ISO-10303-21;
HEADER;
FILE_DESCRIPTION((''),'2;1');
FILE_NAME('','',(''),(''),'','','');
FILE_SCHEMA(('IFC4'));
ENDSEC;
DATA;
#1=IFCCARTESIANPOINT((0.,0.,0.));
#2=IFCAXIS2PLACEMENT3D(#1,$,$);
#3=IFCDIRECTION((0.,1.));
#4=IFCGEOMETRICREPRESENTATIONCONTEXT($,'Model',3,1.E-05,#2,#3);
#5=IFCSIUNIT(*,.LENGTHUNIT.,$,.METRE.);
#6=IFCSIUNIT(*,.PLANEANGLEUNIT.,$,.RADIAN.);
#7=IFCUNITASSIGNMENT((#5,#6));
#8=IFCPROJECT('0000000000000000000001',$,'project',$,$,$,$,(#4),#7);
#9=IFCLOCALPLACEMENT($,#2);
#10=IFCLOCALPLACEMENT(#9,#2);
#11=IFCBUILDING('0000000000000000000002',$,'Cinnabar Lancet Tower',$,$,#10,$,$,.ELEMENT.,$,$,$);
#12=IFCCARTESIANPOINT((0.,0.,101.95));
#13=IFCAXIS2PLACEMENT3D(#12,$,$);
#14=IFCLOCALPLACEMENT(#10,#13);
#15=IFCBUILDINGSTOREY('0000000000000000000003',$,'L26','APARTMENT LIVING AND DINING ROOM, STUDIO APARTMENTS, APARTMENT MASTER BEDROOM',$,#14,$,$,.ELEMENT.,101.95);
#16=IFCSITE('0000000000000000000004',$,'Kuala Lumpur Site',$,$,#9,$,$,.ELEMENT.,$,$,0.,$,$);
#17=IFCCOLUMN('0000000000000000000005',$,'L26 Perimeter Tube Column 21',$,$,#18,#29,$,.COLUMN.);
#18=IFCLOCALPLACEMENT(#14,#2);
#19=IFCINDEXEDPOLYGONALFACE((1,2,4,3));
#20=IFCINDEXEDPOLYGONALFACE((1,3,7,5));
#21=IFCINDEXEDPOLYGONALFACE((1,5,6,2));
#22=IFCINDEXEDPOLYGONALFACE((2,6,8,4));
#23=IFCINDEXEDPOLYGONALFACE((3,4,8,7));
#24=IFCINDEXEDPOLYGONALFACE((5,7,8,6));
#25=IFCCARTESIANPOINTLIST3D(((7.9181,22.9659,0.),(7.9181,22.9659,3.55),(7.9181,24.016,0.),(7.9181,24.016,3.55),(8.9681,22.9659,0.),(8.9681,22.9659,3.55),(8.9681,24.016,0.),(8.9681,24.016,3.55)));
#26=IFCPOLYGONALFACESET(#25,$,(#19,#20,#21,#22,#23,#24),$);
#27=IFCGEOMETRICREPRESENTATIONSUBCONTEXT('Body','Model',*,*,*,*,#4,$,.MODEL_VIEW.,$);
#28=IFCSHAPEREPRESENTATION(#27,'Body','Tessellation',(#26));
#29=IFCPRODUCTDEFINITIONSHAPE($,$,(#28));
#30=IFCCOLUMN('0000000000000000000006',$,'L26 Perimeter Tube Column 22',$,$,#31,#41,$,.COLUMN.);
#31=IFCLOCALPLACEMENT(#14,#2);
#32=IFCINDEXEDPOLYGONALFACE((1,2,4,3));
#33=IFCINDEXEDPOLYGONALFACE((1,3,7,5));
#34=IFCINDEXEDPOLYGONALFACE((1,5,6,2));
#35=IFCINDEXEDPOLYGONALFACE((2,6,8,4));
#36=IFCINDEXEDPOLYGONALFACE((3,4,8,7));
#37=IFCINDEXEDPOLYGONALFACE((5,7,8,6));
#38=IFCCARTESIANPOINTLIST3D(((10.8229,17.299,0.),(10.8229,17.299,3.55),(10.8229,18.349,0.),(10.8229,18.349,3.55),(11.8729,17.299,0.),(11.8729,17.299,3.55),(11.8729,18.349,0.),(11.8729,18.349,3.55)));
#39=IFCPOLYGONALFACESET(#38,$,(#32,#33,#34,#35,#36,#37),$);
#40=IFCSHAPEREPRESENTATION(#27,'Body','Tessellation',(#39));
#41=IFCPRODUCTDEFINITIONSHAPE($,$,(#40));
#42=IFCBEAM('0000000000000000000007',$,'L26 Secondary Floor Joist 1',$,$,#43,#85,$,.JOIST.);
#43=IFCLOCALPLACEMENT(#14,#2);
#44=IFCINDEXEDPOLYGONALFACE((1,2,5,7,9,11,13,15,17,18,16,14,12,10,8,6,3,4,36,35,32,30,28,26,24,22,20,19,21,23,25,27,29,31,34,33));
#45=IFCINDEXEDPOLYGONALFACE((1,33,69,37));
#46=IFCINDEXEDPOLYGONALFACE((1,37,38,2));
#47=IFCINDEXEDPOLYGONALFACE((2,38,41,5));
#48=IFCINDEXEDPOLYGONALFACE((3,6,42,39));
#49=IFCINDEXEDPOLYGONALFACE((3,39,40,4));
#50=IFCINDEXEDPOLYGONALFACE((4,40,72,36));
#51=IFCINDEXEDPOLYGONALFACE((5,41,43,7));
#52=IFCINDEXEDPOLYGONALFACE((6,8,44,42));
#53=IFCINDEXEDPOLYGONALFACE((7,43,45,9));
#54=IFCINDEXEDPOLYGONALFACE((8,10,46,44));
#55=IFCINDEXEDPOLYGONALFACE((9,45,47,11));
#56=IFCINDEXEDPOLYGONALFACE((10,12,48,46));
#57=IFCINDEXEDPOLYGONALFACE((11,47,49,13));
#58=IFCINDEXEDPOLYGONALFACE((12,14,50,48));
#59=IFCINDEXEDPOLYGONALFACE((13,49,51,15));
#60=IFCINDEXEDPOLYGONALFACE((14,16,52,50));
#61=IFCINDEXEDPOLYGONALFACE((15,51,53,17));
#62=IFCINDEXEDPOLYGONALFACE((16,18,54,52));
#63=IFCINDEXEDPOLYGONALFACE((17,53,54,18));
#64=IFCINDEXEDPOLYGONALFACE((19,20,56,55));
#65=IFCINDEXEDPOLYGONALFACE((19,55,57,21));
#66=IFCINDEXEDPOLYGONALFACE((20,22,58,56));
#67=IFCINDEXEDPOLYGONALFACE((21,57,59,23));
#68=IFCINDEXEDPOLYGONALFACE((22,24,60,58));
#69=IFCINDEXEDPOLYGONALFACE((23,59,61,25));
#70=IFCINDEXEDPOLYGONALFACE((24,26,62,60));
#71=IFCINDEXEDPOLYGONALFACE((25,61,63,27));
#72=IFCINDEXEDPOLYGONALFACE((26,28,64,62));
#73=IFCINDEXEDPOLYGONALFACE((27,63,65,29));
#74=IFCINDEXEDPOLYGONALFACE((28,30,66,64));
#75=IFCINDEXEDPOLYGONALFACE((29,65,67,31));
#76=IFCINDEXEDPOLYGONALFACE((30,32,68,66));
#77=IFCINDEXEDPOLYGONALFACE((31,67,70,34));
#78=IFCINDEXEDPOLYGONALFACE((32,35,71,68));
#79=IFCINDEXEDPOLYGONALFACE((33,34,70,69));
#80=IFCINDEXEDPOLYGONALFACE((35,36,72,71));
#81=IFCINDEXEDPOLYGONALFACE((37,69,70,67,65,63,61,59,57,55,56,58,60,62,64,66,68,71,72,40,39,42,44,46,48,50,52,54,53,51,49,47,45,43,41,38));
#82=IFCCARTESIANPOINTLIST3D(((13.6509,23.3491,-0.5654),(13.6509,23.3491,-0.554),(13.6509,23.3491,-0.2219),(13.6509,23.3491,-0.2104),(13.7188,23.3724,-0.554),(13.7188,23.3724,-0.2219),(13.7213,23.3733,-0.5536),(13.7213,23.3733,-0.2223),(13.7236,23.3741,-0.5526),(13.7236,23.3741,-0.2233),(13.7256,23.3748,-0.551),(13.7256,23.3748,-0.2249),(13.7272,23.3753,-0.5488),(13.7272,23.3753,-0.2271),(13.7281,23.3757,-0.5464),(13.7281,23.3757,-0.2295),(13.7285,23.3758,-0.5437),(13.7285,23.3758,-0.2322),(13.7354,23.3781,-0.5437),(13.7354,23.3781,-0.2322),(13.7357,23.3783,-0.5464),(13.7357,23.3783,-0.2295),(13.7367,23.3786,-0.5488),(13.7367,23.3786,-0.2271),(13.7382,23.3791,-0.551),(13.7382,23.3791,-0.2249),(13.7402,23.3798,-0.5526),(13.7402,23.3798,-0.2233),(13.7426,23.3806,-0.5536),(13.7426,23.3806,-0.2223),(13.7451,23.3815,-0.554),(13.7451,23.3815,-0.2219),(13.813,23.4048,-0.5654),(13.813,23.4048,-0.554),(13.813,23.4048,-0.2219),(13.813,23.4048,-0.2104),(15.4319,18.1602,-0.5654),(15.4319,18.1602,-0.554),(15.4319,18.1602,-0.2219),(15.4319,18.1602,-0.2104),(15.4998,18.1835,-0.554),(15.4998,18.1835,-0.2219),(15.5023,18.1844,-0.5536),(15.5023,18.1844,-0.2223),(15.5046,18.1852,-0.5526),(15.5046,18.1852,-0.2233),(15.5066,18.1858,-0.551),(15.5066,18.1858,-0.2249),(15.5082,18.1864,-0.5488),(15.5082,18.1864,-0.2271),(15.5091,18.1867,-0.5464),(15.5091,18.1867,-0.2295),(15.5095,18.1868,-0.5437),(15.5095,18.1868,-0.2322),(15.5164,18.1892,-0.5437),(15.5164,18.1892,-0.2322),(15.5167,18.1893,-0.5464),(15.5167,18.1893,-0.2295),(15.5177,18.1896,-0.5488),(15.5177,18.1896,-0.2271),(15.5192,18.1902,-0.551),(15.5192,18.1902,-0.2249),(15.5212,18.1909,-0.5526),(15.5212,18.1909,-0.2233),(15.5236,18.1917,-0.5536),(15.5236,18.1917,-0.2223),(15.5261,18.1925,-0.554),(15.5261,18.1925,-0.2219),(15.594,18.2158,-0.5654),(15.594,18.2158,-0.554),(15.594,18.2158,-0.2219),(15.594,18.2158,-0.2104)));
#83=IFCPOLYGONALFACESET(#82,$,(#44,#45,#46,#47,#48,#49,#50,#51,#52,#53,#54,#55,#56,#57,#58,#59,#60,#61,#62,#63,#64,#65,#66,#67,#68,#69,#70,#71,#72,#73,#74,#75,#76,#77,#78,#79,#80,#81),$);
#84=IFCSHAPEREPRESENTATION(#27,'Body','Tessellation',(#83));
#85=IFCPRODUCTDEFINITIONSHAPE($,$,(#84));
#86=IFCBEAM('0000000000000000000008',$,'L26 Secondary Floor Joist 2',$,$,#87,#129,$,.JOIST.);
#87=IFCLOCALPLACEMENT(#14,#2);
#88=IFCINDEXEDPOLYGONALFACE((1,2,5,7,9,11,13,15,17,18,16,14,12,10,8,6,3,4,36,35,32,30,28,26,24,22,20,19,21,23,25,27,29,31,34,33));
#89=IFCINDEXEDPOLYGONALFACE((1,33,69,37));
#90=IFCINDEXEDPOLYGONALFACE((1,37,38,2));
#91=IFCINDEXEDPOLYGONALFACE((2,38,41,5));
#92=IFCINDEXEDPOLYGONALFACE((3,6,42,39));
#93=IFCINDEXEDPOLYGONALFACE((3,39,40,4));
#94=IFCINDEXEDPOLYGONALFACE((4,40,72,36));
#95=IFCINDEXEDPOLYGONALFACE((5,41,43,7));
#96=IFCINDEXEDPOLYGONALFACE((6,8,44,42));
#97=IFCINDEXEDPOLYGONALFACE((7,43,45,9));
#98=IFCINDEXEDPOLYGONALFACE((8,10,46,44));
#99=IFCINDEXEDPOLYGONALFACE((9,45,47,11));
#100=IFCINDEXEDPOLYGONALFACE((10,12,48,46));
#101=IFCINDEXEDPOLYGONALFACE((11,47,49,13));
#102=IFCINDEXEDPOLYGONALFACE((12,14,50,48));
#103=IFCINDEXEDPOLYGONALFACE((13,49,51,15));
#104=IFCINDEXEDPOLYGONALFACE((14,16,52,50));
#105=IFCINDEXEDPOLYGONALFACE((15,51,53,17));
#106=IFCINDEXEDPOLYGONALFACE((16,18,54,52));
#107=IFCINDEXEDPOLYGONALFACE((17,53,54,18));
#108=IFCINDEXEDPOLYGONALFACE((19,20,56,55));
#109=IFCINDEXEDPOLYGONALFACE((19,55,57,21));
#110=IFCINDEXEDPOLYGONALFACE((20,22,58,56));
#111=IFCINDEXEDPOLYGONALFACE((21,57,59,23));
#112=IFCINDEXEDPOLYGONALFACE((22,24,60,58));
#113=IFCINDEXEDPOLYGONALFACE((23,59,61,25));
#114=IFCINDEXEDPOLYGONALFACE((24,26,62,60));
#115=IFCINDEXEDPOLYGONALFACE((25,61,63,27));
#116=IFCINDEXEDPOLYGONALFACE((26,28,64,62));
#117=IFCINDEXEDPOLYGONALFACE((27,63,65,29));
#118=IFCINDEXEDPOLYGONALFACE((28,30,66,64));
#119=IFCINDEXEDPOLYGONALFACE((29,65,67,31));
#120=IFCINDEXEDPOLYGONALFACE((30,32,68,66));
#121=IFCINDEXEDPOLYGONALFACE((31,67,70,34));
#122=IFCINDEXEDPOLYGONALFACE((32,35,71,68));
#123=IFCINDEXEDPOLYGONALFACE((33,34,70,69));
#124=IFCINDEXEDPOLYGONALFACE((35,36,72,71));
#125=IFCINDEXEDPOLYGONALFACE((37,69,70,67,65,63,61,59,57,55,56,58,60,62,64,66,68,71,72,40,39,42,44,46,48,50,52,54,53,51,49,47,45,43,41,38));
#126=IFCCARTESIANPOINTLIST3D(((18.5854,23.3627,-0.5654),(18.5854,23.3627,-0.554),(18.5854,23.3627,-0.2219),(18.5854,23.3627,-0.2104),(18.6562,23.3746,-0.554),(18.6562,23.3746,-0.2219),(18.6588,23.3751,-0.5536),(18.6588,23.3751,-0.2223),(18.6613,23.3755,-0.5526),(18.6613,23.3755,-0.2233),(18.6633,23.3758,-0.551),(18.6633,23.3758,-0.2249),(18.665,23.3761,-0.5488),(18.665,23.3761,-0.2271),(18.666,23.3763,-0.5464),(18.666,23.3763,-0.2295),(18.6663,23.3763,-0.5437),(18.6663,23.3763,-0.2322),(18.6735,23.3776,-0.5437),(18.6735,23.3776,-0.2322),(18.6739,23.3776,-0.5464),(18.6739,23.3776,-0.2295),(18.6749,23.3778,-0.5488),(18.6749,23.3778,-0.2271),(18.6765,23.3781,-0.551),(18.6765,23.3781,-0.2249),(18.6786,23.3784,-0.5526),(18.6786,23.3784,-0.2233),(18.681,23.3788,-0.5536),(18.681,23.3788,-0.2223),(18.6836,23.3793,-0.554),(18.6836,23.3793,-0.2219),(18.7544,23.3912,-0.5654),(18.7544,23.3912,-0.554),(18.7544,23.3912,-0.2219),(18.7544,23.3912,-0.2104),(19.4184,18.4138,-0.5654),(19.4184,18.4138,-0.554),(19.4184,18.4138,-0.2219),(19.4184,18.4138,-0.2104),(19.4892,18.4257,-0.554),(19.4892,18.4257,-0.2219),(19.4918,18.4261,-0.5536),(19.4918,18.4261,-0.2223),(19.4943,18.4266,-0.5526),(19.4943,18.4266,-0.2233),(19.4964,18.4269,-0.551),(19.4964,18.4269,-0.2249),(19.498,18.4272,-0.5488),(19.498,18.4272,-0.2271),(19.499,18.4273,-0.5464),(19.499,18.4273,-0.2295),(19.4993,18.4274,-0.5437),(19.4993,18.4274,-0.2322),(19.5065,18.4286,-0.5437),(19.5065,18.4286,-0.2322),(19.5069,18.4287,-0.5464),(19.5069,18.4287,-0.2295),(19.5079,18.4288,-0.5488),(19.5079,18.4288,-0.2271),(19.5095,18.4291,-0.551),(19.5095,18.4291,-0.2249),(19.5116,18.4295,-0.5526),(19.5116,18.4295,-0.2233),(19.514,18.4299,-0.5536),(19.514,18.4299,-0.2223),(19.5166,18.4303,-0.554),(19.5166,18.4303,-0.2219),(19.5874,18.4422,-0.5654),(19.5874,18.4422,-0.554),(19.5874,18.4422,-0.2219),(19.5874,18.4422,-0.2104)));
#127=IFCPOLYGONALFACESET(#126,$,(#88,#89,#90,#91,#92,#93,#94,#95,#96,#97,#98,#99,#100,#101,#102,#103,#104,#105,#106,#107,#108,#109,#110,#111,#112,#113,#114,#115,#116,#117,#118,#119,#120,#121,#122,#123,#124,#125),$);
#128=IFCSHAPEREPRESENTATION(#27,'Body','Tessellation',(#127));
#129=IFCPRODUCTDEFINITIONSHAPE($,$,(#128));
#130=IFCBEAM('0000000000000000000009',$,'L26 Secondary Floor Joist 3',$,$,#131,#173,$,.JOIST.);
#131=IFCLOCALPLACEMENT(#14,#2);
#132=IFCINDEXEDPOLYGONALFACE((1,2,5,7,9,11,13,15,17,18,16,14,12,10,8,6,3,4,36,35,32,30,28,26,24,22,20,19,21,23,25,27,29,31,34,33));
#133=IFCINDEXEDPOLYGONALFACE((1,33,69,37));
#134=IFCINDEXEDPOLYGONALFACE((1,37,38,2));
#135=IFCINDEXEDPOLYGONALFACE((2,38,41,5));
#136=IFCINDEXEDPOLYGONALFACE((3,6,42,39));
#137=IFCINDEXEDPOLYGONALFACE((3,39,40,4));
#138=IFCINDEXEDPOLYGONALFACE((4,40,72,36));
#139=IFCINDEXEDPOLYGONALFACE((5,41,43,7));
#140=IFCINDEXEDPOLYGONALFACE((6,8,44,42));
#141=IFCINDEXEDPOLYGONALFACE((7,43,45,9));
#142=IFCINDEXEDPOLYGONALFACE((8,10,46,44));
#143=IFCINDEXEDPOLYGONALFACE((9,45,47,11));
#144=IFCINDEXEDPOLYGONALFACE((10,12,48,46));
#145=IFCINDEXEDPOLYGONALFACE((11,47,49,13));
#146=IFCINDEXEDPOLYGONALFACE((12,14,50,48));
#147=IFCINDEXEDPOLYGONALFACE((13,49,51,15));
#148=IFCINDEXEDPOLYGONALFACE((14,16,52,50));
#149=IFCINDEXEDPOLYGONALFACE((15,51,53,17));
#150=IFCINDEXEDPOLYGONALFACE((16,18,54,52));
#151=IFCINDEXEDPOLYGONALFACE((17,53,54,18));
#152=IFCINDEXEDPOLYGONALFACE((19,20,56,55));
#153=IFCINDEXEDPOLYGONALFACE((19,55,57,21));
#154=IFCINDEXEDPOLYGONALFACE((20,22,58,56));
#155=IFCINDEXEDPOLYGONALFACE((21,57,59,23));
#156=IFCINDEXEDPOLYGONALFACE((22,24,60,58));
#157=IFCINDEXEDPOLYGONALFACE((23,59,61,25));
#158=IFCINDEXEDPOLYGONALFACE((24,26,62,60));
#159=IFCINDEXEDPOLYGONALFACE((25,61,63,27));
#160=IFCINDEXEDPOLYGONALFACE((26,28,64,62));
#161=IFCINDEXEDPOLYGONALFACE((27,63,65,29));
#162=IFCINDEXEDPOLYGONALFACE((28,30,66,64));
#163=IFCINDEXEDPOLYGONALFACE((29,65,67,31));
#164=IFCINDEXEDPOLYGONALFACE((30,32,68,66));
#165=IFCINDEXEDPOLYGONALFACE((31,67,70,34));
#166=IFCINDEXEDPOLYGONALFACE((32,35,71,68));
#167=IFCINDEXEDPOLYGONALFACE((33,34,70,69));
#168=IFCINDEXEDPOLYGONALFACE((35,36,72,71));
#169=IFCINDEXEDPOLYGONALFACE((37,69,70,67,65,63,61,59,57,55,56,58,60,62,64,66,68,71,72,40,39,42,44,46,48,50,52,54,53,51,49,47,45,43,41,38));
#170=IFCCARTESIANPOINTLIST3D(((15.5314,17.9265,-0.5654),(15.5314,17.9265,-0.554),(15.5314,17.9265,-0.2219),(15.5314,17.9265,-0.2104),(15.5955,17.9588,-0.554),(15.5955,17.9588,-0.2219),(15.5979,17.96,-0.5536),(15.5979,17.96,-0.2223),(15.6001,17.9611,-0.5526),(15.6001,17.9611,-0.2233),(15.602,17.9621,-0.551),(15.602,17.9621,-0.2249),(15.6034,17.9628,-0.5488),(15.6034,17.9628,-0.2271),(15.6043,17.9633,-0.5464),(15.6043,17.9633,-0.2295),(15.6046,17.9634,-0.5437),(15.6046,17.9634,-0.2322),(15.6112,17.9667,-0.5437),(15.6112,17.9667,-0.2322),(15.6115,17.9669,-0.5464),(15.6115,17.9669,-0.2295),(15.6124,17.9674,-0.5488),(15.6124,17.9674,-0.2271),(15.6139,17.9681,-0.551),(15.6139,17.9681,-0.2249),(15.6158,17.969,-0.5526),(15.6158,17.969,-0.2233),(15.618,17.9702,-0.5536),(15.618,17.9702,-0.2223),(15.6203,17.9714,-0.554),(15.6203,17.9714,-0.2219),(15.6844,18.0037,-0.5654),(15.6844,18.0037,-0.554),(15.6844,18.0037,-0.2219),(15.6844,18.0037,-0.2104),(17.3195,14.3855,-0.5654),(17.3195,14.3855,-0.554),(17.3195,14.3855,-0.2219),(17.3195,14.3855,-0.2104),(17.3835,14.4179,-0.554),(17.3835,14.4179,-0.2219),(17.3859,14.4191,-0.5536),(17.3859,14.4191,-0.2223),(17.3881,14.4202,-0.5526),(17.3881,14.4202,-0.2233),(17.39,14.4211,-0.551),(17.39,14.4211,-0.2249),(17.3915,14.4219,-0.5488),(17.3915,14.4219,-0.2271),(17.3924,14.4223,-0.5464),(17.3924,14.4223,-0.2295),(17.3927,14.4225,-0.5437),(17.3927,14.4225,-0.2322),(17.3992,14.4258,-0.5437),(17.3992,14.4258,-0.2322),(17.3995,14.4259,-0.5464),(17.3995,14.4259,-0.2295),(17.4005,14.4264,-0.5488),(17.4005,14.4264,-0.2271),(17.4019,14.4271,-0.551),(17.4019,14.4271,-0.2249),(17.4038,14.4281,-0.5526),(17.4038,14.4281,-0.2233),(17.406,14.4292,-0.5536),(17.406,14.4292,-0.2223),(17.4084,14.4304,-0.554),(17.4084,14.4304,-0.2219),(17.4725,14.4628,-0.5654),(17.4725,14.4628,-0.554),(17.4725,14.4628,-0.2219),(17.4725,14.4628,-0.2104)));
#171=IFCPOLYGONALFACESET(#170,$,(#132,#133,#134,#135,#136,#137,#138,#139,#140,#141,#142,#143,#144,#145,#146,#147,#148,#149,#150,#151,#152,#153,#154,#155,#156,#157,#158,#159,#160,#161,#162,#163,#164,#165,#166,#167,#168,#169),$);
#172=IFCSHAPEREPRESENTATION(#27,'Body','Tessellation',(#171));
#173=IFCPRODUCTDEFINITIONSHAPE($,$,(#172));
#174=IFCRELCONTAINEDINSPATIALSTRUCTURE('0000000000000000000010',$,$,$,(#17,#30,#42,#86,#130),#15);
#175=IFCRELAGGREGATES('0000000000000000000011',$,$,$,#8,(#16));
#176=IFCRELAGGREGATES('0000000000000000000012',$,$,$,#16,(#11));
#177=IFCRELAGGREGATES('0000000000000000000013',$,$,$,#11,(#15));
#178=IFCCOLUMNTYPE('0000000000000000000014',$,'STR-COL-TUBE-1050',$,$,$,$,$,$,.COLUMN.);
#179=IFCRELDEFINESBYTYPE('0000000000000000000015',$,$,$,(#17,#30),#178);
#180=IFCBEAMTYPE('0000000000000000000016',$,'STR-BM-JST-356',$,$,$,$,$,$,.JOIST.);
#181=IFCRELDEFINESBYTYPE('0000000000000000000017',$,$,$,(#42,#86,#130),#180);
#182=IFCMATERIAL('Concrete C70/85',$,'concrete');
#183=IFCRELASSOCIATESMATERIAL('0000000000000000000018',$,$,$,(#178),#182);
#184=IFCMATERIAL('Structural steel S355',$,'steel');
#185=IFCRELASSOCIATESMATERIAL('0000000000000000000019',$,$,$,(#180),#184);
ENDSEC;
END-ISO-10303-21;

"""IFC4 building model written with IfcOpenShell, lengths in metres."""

from ifc_helpers import new_model, si_unit, direction, frame, origin, origin_2d, place, context, subcontext, project, spatial, rectangle, i_section, extrude, material, material_profile, profile_set, type_object, element, save


model = new_model("IFC4")

# Units and contexts
model_context = context("Model", 3, precision=1e-05, world=origin(), true_north=direction((0.0, 1.0)))
body_context = subcontext(model_context, "Body", "Model", "MODEL_VIEW")
ifc_project = project(units=[si_unit("LENGTHUNIT", "METRE"), si_unit("PLANEANGLEUNIT", "RADIAN")], contexts=[model_context])

# Site, building, storey
site_placement = place(None, origin())
site = spatial("IfcSite", under=ifc_project, at=site_placement, Name="Kuala Lumpur Site", CompositionType="ELEMENT", RefElevation=0.0)
building_placement = place(site_placement, origin())
building = spatial("IfcBuilding", under=site, at=building_placement, Name="Cinnabar Lancet Tower", CompositionType="ELEMENT")
storey_placement = place(building_placement, frame((0.0, 0.0, 101.95)))
storey = spatial("IfcBuildingStorey", under=building, at=storey_placement, Name="L26", Description="APARTMENT LIVING AND DINING ROOM, STUDIO APARTMENTS, APARTMENT MASTER BEDROOM", CompositionType="ELEMENT", Elevation=101.95)

# Columns
ifc_material_1 = material(Name="Concrete C70/85", Category="concrete")
ifc_material_profile_1 = material_profile(ifc_material_1, rectangle(XDim=1.05, YDim=1.05, at=origin_2d()), Name="RC-COL 1050x1050")
ifc_profile_set_1 = profile_set([ifc_material_profile_1], Name="Concrete C70/85")
column_type = type_object("IfcColumnType", Name="STR-COL-TUBE-1050", PredefinedType="COLUMN", material=ifc_profile_set_1)
for number, where, z_axis, x_axis, name in (
    (1, (8.4431, 23.491, 0.0), (0.0, 0.0, 1.0), (1.0, 0.0, 0.0), "L26 Perimeter Tube Column 21"),
    (2, (11.3479, 17.824, 0.0), (0.0, 0.0, 1.0), (1.0, 0.0, 0.0), "L26 Perimeter Tube Column 22"),
):
    element("IfcColumn", number, at=place(storey_placement, frame(where, z_axis=z_axis, x_axis=x_axis)), inside=storey, type_object=column_type, Name=name, PredefinedType="COLUMN", context=body_context, shape_type="SweptSolid", body=[
        extrude(rectangle(XDim=1.05, YDim=1.05, at=origin_2d()), origin(), (0.0, 0.0, 1.0), 3.55),
    ])

# Beams
ifc_material_2 = material(Name="Structural steel S355", Category="steel")
ifc_material_profile_2 = material_profile(ifc_material_2, i_section(OverallWidth=0.1714, OverallDepth=0.355, WebThickness=0.0073, FlangeThickness=0.0115, FilletRadius=0.0103, at=origin_2d()), Name="UKB 356x171x51")
ifc_profile_set_2 = profile_set([ifc_material_profile_2], Name="Structural steel S355")
beam_type_1 = type_object("IfcBeamType", Name="STR-BM-JST-356", PredefinedType="JOIST", material=ifc_profile_set_2)
beam_1_placement = place(storey_placement, frame((13.7319, 23.377, -0.3879), z_axis=(0.324639, -0.945838, 0.0), x_axis=(0.945838, 0.324639, 0.0)))
element("IfcBeam", 3, at=beam_1_placement, inside=storey, type_object=beam_type_1, Name="L26 Secondary Floor Joist 1", PredefinedType="JOIST", context=body_context, shape_type="SweptSolid", body=[
    extrude(i_section(OverallWidth=0.1714, OverallDepth=0.355, WebThickness=0.0073, FlangeThickness=0.0115, FilletRadius=0.0103, at=origin_2d()), origin(), (0.0, 0.0, 1.0), 5.4861),
])
beam_2_placement = place(storey_placement, frame((18.6699, 23.377, -0.3879), z_axis=(0.165984, -0.986128, 0.0), x_axis=(0.986128, 0.165984, 0.0)))
element("IfcBeam", 4, at=beam_2_placement, inside=storey, type_object=beam_type_1, Name="L26 Secondary Floor Joist 2", PredefinedType="JOIST", context=body_context, shape_type="SweptSolid", body=[
    extrude(i_section(OverallWidth=0.1714, OverallDepth=0.355, WebThickness=0.0073, FlangeThickness=0.0115, FilletRadius=0.0103, at=origin_2d()), origin(), (0.0, 0.0, 1.0), 5.0186),
])
beam_3_placement = place(storey_placement, frame((15.6079, 17.9651, -0.3879), z_axis=(0.450755, -0.892648, 0.0), x_axis=(0.892648, 0.450755, 0.0)))
element("IfcBeam", 5, at=beam_3_placement, inside=storey, type_object=beam_type_1, Name="L26 Secondary Floor Joist 3", PredefinedType="JOIST", context=body_context, shape_type="SweptSolid", body=[
    extrude(i_section(OverallWidth=0.1714, OverallDepth=0.355, WebThickness=0.0073, FlangeThickness=0.0115, FilletRadius=0.0103, at=origin_2d()), origin(), (0.0, 0.0, 1.0), 3.9668),
])

save(model, "model.ifc")
